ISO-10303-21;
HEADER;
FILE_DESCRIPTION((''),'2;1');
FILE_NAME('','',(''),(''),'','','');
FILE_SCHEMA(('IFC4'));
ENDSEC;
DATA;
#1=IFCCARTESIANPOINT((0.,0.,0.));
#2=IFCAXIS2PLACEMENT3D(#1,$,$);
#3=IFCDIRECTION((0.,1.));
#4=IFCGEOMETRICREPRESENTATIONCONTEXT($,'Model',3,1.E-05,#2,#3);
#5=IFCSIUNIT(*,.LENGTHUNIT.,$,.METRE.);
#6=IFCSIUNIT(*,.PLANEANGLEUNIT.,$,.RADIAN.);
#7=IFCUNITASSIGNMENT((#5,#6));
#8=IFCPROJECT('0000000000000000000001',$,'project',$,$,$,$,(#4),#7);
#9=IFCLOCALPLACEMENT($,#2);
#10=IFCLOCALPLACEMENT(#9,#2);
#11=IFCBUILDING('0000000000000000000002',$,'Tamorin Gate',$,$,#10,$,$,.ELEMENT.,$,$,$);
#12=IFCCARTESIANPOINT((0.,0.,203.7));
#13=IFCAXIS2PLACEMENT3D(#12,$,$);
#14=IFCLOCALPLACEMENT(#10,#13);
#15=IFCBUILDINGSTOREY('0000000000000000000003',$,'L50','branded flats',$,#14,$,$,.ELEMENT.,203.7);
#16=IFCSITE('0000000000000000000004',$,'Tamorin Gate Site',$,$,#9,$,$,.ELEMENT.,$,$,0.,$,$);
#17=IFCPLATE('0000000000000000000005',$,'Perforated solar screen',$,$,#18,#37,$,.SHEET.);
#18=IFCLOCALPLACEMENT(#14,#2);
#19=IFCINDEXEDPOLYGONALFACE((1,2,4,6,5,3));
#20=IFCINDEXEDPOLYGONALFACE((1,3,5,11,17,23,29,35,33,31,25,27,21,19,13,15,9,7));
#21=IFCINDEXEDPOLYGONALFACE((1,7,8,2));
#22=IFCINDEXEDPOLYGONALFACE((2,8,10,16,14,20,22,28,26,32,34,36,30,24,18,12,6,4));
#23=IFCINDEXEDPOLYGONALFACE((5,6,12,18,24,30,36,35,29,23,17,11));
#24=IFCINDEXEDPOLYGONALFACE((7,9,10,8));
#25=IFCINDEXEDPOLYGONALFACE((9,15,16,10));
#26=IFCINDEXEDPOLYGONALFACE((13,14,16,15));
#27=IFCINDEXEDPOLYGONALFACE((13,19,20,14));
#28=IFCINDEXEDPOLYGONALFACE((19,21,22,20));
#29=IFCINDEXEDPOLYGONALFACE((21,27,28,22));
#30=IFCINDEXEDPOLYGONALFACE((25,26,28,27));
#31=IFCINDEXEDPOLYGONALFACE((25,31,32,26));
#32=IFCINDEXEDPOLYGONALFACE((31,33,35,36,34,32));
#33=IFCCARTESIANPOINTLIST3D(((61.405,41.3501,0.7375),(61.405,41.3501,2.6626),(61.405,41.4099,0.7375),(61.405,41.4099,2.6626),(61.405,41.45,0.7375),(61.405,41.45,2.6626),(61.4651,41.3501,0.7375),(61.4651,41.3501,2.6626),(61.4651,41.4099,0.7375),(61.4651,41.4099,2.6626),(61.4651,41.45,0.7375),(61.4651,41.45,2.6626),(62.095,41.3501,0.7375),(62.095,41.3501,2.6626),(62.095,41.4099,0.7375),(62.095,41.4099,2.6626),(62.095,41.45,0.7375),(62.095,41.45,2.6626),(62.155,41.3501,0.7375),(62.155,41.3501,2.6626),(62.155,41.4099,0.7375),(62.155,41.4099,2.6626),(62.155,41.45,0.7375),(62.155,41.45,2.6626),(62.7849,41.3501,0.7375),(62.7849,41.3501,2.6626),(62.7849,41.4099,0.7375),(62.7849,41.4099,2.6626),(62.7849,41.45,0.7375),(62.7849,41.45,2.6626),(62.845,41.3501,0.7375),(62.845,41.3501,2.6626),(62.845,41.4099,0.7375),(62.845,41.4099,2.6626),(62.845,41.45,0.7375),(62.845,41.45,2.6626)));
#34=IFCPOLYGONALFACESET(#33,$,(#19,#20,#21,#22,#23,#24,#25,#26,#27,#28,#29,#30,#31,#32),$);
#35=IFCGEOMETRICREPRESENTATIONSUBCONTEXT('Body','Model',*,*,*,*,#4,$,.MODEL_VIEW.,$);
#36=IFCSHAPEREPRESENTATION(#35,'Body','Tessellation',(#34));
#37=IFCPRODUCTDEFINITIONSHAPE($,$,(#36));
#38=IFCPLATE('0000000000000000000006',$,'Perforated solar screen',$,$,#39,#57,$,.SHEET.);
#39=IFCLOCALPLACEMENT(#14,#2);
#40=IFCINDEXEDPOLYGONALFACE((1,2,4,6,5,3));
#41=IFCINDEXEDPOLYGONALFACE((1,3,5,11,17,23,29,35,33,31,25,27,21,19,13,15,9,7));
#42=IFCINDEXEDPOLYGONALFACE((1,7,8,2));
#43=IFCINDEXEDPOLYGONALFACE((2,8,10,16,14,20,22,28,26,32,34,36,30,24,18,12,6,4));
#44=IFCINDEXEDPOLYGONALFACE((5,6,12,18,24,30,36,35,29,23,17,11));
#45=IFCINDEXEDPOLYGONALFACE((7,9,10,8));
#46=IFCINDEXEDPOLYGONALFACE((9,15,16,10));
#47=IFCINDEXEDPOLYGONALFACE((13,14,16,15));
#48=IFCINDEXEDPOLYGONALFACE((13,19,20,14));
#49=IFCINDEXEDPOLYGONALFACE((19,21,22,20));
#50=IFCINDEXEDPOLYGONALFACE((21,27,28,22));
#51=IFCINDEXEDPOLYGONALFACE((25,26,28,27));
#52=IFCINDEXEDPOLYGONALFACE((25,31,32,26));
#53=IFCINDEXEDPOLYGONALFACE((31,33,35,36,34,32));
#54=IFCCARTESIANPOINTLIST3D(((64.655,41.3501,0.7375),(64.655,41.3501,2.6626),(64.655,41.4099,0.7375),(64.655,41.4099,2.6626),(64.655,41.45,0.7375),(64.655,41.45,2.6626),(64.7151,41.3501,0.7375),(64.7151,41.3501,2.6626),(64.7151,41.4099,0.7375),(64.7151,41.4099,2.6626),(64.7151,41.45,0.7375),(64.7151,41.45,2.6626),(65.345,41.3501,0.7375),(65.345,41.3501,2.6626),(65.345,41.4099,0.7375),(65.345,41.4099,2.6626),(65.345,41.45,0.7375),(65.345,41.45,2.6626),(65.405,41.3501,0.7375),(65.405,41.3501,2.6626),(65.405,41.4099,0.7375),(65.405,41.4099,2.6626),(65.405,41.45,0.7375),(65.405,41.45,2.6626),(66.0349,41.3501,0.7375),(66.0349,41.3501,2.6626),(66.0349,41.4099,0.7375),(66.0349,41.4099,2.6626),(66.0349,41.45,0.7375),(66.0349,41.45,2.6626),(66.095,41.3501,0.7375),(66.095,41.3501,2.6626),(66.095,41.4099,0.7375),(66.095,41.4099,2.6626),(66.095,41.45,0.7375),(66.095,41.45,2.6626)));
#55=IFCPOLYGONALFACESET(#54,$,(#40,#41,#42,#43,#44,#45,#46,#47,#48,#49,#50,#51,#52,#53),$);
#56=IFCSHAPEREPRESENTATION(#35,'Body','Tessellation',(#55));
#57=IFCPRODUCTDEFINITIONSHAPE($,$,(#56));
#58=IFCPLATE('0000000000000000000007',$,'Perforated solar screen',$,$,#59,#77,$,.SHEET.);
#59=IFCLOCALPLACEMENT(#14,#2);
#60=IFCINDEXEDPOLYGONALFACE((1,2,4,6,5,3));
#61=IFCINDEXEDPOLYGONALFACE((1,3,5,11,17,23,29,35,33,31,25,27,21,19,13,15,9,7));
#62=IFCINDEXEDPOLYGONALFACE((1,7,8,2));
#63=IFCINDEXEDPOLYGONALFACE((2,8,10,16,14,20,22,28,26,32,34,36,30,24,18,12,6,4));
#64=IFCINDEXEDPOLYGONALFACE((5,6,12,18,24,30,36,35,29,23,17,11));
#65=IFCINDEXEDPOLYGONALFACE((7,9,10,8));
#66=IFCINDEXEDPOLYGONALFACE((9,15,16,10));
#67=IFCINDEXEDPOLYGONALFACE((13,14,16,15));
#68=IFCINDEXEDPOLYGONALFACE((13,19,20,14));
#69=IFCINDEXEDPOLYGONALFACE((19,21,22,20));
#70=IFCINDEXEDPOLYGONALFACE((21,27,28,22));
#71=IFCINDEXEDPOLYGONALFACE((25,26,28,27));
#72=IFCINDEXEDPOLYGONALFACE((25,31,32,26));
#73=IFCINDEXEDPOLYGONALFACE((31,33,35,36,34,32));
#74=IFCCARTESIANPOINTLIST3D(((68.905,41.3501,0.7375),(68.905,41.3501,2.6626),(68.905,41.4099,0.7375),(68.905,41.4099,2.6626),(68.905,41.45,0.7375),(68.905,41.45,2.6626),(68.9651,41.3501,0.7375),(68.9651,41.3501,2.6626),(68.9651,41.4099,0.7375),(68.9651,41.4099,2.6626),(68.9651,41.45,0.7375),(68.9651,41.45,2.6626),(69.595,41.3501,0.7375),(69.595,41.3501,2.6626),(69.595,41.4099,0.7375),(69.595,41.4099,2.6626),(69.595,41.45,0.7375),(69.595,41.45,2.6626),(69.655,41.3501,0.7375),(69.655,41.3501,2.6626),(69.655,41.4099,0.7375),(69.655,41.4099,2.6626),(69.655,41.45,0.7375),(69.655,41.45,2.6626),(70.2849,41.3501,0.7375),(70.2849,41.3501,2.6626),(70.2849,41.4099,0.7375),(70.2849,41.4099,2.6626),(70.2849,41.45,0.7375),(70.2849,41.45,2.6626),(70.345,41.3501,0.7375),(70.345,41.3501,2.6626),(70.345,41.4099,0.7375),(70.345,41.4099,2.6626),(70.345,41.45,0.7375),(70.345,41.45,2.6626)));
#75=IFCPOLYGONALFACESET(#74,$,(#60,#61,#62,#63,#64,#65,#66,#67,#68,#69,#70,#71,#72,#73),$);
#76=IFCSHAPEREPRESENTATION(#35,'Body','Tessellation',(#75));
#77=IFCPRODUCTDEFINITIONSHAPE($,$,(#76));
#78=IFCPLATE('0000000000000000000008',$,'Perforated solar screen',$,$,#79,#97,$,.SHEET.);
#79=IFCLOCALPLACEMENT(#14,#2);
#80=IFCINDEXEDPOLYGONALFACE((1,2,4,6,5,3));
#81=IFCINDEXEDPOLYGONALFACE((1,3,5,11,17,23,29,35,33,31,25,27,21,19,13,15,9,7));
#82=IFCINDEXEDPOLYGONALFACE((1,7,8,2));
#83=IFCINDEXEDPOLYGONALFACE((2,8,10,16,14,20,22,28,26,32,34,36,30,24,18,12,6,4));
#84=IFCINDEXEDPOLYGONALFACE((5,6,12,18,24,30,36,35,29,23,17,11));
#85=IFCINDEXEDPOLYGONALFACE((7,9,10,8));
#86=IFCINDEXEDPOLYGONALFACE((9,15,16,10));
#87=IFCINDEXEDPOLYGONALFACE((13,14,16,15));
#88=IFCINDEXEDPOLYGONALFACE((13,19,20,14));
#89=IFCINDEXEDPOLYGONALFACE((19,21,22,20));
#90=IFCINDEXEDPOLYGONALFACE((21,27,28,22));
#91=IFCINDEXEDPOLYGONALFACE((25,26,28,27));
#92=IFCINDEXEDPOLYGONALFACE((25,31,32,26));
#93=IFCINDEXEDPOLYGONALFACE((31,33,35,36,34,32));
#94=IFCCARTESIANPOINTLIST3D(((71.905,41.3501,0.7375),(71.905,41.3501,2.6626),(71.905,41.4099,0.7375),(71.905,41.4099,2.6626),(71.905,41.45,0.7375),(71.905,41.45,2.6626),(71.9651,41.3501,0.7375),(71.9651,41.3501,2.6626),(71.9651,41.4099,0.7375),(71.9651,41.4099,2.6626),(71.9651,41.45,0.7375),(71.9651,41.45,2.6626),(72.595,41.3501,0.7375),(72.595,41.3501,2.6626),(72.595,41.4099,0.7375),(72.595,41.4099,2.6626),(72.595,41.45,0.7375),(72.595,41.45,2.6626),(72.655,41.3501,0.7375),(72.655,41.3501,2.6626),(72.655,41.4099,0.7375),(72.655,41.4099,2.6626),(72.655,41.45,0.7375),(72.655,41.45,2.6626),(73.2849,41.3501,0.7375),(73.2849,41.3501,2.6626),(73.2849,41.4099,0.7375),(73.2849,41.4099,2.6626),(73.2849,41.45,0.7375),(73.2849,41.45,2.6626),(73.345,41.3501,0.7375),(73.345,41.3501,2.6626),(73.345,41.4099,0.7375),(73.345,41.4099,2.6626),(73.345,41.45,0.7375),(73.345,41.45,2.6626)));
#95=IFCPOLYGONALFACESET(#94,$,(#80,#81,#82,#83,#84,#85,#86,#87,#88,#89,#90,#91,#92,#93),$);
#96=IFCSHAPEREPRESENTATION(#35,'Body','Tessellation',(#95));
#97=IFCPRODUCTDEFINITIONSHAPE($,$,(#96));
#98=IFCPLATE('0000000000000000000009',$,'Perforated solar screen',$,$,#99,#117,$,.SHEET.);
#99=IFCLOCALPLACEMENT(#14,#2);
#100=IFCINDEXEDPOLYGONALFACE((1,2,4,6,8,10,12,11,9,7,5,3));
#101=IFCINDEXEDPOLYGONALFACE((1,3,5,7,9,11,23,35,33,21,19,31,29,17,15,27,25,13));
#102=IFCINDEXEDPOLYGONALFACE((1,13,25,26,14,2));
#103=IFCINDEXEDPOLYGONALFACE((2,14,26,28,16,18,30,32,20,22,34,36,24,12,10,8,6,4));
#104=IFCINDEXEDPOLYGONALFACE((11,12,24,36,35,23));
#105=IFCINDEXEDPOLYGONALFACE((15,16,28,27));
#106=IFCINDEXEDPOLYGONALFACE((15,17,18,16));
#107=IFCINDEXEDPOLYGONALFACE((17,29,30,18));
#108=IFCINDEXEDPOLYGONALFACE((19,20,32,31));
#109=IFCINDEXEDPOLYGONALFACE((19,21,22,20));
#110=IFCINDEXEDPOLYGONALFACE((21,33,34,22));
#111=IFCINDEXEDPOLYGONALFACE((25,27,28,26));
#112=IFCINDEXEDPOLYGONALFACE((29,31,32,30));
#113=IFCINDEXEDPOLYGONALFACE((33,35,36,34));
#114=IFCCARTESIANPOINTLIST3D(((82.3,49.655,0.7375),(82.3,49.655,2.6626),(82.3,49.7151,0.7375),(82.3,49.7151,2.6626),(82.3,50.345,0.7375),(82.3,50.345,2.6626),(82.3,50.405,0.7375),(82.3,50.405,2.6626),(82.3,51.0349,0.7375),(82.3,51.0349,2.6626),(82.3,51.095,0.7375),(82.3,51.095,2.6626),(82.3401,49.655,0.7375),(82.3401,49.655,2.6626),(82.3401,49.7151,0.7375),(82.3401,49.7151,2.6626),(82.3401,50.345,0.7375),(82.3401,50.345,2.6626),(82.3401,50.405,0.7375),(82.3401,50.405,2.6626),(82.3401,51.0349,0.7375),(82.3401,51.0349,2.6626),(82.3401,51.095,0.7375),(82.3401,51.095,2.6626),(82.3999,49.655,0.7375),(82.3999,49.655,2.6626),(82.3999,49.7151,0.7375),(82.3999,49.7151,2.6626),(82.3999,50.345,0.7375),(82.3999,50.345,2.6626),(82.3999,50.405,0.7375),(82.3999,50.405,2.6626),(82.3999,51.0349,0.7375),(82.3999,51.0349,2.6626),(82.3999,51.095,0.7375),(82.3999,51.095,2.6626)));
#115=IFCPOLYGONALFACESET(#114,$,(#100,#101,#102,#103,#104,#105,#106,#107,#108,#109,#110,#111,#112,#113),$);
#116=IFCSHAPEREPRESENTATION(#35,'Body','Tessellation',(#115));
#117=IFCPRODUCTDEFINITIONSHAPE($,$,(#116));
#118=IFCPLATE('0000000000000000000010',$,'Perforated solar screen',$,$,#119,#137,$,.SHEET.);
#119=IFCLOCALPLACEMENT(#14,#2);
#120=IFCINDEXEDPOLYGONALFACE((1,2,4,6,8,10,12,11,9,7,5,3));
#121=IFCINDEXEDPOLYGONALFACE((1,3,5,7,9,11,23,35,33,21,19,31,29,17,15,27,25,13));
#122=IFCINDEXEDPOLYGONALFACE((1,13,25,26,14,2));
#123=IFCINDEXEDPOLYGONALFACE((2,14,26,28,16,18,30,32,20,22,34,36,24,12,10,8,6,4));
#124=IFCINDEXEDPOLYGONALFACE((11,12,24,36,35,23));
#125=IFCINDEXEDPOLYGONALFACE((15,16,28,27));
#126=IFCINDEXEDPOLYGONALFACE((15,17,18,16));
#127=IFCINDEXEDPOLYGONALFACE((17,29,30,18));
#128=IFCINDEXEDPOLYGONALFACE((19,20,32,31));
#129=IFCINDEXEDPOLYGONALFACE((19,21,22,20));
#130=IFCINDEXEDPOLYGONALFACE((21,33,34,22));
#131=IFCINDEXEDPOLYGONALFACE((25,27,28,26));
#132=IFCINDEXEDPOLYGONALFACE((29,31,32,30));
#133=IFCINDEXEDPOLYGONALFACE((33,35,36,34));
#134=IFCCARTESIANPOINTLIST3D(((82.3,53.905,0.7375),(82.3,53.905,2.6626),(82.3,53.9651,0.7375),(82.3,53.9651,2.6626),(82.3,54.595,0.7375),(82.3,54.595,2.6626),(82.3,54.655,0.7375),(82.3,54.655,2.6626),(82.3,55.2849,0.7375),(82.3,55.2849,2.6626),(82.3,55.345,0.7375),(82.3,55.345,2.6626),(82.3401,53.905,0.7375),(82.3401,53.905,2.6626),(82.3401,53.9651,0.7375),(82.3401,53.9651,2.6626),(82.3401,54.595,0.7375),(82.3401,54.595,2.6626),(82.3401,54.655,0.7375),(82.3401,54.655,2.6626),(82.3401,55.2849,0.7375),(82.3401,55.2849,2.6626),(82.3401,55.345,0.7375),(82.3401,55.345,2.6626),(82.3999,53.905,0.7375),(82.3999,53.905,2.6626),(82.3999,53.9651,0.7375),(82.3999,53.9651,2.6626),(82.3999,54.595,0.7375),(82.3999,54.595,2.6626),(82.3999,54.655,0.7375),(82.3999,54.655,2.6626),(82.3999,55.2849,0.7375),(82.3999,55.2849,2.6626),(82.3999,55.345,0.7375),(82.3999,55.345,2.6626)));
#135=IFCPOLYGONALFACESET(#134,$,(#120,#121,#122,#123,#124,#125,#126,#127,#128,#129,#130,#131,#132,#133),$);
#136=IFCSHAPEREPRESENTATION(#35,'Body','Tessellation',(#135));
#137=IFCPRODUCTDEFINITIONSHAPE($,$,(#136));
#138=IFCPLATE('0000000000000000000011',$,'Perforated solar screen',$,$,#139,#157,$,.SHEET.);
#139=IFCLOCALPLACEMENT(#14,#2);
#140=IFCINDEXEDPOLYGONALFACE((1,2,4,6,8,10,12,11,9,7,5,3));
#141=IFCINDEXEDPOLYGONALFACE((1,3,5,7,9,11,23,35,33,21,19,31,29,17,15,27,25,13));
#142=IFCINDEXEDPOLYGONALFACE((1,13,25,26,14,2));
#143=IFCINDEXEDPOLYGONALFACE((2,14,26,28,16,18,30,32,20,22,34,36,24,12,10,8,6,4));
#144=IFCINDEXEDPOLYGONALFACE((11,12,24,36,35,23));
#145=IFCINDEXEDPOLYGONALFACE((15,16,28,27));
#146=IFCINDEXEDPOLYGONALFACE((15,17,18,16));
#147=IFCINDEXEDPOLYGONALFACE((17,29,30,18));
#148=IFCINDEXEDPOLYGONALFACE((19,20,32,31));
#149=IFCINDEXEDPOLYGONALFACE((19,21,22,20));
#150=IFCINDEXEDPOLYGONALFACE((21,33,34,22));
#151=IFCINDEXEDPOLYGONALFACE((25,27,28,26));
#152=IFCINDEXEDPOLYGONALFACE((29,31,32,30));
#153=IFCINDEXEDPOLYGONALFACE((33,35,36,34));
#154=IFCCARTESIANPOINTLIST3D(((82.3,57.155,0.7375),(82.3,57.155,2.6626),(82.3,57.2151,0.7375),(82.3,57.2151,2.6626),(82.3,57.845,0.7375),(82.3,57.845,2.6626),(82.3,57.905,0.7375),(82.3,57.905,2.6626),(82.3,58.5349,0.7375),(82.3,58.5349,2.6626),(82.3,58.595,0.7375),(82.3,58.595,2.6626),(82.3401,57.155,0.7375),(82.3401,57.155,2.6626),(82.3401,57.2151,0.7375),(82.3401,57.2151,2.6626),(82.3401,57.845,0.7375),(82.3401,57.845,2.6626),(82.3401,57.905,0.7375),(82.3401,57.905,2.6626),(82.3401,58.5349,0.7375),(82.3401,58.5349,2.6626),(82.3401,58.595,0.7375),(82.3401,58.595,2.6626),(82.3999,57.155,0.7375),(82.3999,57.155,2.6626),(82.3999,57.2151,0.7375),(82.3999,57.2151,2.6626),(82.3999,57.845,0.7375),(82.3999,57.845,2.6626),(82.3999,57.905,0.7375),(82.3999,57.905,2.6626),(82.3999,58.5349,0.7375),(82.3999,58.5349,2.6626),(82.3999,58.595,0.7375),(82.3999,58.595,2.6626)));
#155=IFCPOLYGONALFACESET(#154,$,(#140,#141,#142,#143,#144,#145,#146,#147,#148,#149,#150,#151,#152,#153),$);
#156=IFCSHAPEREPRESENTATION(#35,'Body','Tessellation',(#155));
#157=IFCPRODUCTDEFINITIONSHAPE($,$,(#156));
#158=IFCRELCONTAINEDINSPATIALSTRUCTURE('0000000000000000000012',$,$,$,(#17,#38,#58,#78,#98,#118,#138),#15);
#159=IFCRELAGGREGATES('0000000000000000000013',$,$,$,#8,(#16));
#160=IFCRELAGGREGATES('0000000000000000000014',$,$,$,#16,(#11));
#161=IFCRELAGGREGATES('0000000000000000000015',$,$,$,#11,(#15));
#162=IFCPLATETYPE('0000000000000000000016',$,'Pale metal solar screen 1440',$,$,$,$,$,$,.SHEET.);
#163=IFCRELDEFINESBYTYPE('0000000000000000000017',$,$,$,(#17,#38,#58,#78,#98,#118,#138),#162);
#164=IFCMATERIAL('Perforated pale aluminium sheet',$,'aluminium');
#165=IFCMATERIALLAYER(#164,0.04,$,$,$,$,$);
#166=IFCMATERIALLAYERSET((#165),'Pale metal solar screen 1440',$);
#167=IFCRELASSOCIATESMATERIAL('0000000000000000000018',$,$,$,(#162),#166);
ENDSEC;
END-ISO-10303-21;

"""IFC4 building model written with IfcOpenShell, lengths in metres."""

from ifc_helpers import new_model, si_unit, direction, frame, origin, place, context, subcontext, project, spatial, polyline, outline, extrude, material, layer, layer_set, type_object, element, save


model = new_model("IFC4")

# Units and contexts
model_context = context("Model", 3, precision=1e-05, world=origin(), true_north=direction((0.0, 1.0)))
body_context = subcontext(model_context, "Body", "Model", "MODEL_VIEW")
ifc_project = project(units=[si_unit("LENGTHUNIT", "METRE"), si_unit("PLANEANGLEUNIT", "RADIAN")], contexts=[model_context])

# Site, building, storey
site_placement = place(None, origin())
site = spatial("IfcSite", under=ifc_project, at=site_placement, Name="Tamorin Gate Site", CompositionType="ELEMENT", RefElevation=0.0)
building_placement = place(site_placement, origin())
building = spatial("IfcBuilding", under=site, at=building_placement, Name="Tamorin Gate", CompositionType="ELEMENT")
storey_placement = place(building_placement, frame((0.0, 0.0, 203.7)))
storey = spatial("IfcBuildingStorey", under=building, at=storey_placement, Name="L50", Description="branded flats", CompositionType="ELEMENT", Elevation=203.7)

# Plates
ifc_material_1 = material(Name="Perforated pale aluminium sheet", Category="aluminium")
ifc_layer_1 = layer(ifc_material_1, 0.04)
ifc_layer_set_1 = layer_set([ifc_layer_1], Name="Pale metal solar screen 1440")
plate_type_1 = type_object("IfcPlateType", Name="Pale metal solar screen 1440", PredefinedType="SHEET", material=ifc_layer_set_1)
plate_1_placement = place(storey_placement, frame((0.0, 0.0, 0.7375)))
element("IfcPlate", 1, at=plate_1_placement, inside=storey, type_object=plate_type_1, Name="Perforated solar screen", PredefinedType="SHEET", context=body_context, shape_type="SweptSolid", body=[
    extrude(outline(polyline([(61.405, 41.4099), (61.405, 41.45), (61.4651, 41.45), (62.095, 41.45), (62.155, 41.45), (62.7849, 41.45), (62.845, 41.45), (62.845, 41.4099), (62.845, 41.3501), (62.7849, 41.3501), (62.7849, 41.4099), (62.155, 41.4099), (62.155, 41.3501), (62.095, 41.3501), (62.095, 41.4099), (61.4651, 41.4099), (61.4651, 41.3501), (61.405, 41.3501), (61.405, 41.4099)])), origin(), (0.0, 0.0, 1.0), 1.925),
])
plate_2_placement = place(storey_placement, frame((0.0, 0.0, 0.7375)))
element("IfcPlate", 2, at=plate_2_placement, inside=storey, type_object=plate_type_1, Name="Perforated solar screen", PredefinedType="SHEET", context=body_context, shape_type="SweptSolid", body=[
    extrude(outline(polyline([(64.655, 41.4099), (64.655, 41.45), (64.7151, 41.45), (65.345, 41.45), (65.405, 41.45), (66.0349, 41.45), (66.095, 41.45), (66.095, 41.4099), (66.095, 41.3501), (66.0349, 41.3501), (66.0349, 41.4099), (65.405, 41.4099), (65.405, 41.3501), (65.345, 41.3501), (65.345, 41.4099), (64.7151, 41.4099), (64.7151, 41.3501), (64.655, 41.3501), (64.655, 41.4099)])), origin(), (0.0, 0.0, 1.0), 1.925),
])
plate_3_placement = place(storey_placement, frame((0.0, 0.0, 0.7375)))
element("IfcPlate", 3, at=plate_3_placement, inside=storey, type_object=plate_type_1, Name="Perforated solar screen", PredefinedType="SHEET", context=body_context, shape_type="SweptSolid", body=[
    extrude(outline(polyline([(68.905, 41.4099), (68.905, 41.45), (68.9651, 41.45), (69.595, 41.45), (69.655, 41.45), (70.2849, 41.45), (70.345, 41.45), (70.345, 41.4099), (70.345, 41.3501), (70.2849, 41.3501), (70.2849, 41.4099), (69.655, 41.4099), (69.655, 41.3501), (69.595, 41.3501), (69.595, 41.4099), (68.9651, 41.4099), (68.9651, 41.3501), (68.905, 41.3501), (68.905, 41.4099)])), origin(), (0.0, 0.0, 1.0), 1.925),
])
plate_4_placement = place(storey_placement, frame((0.0, 0.0, 0.7375)))
element("IfcPlate", 4, at=plate_4_placement, inside=storey, type_object=plate_type_1, Name="Perforated solar screen", PredefinedType="SHEET", context=body_context, shape_type="SweptSolid", body=[
    extrude(outline(polyline([(71.905, 41.4099), (71.905, 41.45), (71.9651, 41.45), (72.595, 41.45), (72.655, 41.45), (73.2849, 41.45), (73.345, 41.45), (73.345, 41.4099), (73.345, 41.3501), (73.2849, 41.3501), (73.2849, 41.4099), (72.655, 41.4099), (72.655, 41.3501), (72.595, 41.3501), (72.595, 41.4099), (71.9651, 41.4099), (71.9651, 41.3501), (71.905, 41.3501), (71.905, 41.4099)])), origin(), (0.0, 0.0, 1.0), 1.925),
])
plate_5_placement = place(storey_placement, frame((0.0, 0.0, 0.7375)))
element("IfcPlate", 5, at=plate_5_placement, inside=storey, type_object=plate_type_1, Name="Perforated solar screen", PredefinedType="SHEET", context=body_context, shape_type="SweptSolid", body=[
    extrude(outline(polyline([(82.3401, 49.655), (82.3, 49.655), (82.3, 49.7151), (82.3, 50.345), (82.3, 50.405), (82.3, 51.0349), (82.3, 51.095), (82.3, 51.095), (82.3401, 51.095), (82.3401, 51.095), (82.3999, 51.095), (82.3999, 51.0349), (82.3401, 51.0349), (82.3401, 50.405), (82.3999, 50.405), (82.3999, 50.345), (82.3401, 50.345), (82.3401, 49.7151), (82.3999, 49.7151), (82.3999, 49.655), (82.3401, 49.655)])), origin(), (0.0, 0.0, 1.0), 1.925),
])
plate_6_placement = place(storey_placement, frame((0.0, 0.0, 0.7375)))
element("IfcPlate", 6, at=plate_6_placement, inside=storey, type_object=plate_type_1, Name="Perforated solar screen", PredefinedType="SHEET", context=body_context, shape_type="SweptSolid", body=[
    extrude(outline(polyline([(82.3401, 53.905), (82.3, 53.905), (82.3, 53.9651), (82.3, 54.595), (82.3, 54.655), (82.3, 55.2849), (82.3, 55.345), (82.3401, 55.345), (82.3999, 55.345), (82.3999, 55.2849), (82.3401, 55.2849), (82.3401, 54.655), (82.3999, 54.655), (82.3999, 54.595), (82.3401, 54.595), (82.3401, 53.9651), (82.3999, 53.9651), (82.3999, 53.905), (82.3401, 53.905)])), origin(), (0.0, 0.0, 1.0), 1.925),
])
plate_7_placement = place(storey_placement, frame((0.0, 0.0, 0.7375)))
element("IfcPlate", 7, at=plate_7_placement, inside=storey, type_object=plate_type_1, Name="Perforated solar screen", PredefinedType="SHEET", context=body_context, shape_type="SweptSolid", body=[
    extrude(outline(polyline([(82.3401, 57.155), (82.3, 57.155), (82.3, 57.2151), (82.3, 57.845), (82.3, 57.905), (82.3, 58.5349), (82.3, 58.595), (82.3401, 58.595), (82.3999, 58.595), (82.3999, 58.5349), (82.3401, 58.5349), (82.3401, 57.905), (82.3999, 57.905), (82.3999, 57.845), (82.3401, 57.845), (82.3401, 57.2151), (82.3999, 57.2151), (82.3999, 57.155), (82.3401, 57.155)])), origin(), (0.0, 0.0, 1.0), 1.925),
])

save(model, "model.ifc")
